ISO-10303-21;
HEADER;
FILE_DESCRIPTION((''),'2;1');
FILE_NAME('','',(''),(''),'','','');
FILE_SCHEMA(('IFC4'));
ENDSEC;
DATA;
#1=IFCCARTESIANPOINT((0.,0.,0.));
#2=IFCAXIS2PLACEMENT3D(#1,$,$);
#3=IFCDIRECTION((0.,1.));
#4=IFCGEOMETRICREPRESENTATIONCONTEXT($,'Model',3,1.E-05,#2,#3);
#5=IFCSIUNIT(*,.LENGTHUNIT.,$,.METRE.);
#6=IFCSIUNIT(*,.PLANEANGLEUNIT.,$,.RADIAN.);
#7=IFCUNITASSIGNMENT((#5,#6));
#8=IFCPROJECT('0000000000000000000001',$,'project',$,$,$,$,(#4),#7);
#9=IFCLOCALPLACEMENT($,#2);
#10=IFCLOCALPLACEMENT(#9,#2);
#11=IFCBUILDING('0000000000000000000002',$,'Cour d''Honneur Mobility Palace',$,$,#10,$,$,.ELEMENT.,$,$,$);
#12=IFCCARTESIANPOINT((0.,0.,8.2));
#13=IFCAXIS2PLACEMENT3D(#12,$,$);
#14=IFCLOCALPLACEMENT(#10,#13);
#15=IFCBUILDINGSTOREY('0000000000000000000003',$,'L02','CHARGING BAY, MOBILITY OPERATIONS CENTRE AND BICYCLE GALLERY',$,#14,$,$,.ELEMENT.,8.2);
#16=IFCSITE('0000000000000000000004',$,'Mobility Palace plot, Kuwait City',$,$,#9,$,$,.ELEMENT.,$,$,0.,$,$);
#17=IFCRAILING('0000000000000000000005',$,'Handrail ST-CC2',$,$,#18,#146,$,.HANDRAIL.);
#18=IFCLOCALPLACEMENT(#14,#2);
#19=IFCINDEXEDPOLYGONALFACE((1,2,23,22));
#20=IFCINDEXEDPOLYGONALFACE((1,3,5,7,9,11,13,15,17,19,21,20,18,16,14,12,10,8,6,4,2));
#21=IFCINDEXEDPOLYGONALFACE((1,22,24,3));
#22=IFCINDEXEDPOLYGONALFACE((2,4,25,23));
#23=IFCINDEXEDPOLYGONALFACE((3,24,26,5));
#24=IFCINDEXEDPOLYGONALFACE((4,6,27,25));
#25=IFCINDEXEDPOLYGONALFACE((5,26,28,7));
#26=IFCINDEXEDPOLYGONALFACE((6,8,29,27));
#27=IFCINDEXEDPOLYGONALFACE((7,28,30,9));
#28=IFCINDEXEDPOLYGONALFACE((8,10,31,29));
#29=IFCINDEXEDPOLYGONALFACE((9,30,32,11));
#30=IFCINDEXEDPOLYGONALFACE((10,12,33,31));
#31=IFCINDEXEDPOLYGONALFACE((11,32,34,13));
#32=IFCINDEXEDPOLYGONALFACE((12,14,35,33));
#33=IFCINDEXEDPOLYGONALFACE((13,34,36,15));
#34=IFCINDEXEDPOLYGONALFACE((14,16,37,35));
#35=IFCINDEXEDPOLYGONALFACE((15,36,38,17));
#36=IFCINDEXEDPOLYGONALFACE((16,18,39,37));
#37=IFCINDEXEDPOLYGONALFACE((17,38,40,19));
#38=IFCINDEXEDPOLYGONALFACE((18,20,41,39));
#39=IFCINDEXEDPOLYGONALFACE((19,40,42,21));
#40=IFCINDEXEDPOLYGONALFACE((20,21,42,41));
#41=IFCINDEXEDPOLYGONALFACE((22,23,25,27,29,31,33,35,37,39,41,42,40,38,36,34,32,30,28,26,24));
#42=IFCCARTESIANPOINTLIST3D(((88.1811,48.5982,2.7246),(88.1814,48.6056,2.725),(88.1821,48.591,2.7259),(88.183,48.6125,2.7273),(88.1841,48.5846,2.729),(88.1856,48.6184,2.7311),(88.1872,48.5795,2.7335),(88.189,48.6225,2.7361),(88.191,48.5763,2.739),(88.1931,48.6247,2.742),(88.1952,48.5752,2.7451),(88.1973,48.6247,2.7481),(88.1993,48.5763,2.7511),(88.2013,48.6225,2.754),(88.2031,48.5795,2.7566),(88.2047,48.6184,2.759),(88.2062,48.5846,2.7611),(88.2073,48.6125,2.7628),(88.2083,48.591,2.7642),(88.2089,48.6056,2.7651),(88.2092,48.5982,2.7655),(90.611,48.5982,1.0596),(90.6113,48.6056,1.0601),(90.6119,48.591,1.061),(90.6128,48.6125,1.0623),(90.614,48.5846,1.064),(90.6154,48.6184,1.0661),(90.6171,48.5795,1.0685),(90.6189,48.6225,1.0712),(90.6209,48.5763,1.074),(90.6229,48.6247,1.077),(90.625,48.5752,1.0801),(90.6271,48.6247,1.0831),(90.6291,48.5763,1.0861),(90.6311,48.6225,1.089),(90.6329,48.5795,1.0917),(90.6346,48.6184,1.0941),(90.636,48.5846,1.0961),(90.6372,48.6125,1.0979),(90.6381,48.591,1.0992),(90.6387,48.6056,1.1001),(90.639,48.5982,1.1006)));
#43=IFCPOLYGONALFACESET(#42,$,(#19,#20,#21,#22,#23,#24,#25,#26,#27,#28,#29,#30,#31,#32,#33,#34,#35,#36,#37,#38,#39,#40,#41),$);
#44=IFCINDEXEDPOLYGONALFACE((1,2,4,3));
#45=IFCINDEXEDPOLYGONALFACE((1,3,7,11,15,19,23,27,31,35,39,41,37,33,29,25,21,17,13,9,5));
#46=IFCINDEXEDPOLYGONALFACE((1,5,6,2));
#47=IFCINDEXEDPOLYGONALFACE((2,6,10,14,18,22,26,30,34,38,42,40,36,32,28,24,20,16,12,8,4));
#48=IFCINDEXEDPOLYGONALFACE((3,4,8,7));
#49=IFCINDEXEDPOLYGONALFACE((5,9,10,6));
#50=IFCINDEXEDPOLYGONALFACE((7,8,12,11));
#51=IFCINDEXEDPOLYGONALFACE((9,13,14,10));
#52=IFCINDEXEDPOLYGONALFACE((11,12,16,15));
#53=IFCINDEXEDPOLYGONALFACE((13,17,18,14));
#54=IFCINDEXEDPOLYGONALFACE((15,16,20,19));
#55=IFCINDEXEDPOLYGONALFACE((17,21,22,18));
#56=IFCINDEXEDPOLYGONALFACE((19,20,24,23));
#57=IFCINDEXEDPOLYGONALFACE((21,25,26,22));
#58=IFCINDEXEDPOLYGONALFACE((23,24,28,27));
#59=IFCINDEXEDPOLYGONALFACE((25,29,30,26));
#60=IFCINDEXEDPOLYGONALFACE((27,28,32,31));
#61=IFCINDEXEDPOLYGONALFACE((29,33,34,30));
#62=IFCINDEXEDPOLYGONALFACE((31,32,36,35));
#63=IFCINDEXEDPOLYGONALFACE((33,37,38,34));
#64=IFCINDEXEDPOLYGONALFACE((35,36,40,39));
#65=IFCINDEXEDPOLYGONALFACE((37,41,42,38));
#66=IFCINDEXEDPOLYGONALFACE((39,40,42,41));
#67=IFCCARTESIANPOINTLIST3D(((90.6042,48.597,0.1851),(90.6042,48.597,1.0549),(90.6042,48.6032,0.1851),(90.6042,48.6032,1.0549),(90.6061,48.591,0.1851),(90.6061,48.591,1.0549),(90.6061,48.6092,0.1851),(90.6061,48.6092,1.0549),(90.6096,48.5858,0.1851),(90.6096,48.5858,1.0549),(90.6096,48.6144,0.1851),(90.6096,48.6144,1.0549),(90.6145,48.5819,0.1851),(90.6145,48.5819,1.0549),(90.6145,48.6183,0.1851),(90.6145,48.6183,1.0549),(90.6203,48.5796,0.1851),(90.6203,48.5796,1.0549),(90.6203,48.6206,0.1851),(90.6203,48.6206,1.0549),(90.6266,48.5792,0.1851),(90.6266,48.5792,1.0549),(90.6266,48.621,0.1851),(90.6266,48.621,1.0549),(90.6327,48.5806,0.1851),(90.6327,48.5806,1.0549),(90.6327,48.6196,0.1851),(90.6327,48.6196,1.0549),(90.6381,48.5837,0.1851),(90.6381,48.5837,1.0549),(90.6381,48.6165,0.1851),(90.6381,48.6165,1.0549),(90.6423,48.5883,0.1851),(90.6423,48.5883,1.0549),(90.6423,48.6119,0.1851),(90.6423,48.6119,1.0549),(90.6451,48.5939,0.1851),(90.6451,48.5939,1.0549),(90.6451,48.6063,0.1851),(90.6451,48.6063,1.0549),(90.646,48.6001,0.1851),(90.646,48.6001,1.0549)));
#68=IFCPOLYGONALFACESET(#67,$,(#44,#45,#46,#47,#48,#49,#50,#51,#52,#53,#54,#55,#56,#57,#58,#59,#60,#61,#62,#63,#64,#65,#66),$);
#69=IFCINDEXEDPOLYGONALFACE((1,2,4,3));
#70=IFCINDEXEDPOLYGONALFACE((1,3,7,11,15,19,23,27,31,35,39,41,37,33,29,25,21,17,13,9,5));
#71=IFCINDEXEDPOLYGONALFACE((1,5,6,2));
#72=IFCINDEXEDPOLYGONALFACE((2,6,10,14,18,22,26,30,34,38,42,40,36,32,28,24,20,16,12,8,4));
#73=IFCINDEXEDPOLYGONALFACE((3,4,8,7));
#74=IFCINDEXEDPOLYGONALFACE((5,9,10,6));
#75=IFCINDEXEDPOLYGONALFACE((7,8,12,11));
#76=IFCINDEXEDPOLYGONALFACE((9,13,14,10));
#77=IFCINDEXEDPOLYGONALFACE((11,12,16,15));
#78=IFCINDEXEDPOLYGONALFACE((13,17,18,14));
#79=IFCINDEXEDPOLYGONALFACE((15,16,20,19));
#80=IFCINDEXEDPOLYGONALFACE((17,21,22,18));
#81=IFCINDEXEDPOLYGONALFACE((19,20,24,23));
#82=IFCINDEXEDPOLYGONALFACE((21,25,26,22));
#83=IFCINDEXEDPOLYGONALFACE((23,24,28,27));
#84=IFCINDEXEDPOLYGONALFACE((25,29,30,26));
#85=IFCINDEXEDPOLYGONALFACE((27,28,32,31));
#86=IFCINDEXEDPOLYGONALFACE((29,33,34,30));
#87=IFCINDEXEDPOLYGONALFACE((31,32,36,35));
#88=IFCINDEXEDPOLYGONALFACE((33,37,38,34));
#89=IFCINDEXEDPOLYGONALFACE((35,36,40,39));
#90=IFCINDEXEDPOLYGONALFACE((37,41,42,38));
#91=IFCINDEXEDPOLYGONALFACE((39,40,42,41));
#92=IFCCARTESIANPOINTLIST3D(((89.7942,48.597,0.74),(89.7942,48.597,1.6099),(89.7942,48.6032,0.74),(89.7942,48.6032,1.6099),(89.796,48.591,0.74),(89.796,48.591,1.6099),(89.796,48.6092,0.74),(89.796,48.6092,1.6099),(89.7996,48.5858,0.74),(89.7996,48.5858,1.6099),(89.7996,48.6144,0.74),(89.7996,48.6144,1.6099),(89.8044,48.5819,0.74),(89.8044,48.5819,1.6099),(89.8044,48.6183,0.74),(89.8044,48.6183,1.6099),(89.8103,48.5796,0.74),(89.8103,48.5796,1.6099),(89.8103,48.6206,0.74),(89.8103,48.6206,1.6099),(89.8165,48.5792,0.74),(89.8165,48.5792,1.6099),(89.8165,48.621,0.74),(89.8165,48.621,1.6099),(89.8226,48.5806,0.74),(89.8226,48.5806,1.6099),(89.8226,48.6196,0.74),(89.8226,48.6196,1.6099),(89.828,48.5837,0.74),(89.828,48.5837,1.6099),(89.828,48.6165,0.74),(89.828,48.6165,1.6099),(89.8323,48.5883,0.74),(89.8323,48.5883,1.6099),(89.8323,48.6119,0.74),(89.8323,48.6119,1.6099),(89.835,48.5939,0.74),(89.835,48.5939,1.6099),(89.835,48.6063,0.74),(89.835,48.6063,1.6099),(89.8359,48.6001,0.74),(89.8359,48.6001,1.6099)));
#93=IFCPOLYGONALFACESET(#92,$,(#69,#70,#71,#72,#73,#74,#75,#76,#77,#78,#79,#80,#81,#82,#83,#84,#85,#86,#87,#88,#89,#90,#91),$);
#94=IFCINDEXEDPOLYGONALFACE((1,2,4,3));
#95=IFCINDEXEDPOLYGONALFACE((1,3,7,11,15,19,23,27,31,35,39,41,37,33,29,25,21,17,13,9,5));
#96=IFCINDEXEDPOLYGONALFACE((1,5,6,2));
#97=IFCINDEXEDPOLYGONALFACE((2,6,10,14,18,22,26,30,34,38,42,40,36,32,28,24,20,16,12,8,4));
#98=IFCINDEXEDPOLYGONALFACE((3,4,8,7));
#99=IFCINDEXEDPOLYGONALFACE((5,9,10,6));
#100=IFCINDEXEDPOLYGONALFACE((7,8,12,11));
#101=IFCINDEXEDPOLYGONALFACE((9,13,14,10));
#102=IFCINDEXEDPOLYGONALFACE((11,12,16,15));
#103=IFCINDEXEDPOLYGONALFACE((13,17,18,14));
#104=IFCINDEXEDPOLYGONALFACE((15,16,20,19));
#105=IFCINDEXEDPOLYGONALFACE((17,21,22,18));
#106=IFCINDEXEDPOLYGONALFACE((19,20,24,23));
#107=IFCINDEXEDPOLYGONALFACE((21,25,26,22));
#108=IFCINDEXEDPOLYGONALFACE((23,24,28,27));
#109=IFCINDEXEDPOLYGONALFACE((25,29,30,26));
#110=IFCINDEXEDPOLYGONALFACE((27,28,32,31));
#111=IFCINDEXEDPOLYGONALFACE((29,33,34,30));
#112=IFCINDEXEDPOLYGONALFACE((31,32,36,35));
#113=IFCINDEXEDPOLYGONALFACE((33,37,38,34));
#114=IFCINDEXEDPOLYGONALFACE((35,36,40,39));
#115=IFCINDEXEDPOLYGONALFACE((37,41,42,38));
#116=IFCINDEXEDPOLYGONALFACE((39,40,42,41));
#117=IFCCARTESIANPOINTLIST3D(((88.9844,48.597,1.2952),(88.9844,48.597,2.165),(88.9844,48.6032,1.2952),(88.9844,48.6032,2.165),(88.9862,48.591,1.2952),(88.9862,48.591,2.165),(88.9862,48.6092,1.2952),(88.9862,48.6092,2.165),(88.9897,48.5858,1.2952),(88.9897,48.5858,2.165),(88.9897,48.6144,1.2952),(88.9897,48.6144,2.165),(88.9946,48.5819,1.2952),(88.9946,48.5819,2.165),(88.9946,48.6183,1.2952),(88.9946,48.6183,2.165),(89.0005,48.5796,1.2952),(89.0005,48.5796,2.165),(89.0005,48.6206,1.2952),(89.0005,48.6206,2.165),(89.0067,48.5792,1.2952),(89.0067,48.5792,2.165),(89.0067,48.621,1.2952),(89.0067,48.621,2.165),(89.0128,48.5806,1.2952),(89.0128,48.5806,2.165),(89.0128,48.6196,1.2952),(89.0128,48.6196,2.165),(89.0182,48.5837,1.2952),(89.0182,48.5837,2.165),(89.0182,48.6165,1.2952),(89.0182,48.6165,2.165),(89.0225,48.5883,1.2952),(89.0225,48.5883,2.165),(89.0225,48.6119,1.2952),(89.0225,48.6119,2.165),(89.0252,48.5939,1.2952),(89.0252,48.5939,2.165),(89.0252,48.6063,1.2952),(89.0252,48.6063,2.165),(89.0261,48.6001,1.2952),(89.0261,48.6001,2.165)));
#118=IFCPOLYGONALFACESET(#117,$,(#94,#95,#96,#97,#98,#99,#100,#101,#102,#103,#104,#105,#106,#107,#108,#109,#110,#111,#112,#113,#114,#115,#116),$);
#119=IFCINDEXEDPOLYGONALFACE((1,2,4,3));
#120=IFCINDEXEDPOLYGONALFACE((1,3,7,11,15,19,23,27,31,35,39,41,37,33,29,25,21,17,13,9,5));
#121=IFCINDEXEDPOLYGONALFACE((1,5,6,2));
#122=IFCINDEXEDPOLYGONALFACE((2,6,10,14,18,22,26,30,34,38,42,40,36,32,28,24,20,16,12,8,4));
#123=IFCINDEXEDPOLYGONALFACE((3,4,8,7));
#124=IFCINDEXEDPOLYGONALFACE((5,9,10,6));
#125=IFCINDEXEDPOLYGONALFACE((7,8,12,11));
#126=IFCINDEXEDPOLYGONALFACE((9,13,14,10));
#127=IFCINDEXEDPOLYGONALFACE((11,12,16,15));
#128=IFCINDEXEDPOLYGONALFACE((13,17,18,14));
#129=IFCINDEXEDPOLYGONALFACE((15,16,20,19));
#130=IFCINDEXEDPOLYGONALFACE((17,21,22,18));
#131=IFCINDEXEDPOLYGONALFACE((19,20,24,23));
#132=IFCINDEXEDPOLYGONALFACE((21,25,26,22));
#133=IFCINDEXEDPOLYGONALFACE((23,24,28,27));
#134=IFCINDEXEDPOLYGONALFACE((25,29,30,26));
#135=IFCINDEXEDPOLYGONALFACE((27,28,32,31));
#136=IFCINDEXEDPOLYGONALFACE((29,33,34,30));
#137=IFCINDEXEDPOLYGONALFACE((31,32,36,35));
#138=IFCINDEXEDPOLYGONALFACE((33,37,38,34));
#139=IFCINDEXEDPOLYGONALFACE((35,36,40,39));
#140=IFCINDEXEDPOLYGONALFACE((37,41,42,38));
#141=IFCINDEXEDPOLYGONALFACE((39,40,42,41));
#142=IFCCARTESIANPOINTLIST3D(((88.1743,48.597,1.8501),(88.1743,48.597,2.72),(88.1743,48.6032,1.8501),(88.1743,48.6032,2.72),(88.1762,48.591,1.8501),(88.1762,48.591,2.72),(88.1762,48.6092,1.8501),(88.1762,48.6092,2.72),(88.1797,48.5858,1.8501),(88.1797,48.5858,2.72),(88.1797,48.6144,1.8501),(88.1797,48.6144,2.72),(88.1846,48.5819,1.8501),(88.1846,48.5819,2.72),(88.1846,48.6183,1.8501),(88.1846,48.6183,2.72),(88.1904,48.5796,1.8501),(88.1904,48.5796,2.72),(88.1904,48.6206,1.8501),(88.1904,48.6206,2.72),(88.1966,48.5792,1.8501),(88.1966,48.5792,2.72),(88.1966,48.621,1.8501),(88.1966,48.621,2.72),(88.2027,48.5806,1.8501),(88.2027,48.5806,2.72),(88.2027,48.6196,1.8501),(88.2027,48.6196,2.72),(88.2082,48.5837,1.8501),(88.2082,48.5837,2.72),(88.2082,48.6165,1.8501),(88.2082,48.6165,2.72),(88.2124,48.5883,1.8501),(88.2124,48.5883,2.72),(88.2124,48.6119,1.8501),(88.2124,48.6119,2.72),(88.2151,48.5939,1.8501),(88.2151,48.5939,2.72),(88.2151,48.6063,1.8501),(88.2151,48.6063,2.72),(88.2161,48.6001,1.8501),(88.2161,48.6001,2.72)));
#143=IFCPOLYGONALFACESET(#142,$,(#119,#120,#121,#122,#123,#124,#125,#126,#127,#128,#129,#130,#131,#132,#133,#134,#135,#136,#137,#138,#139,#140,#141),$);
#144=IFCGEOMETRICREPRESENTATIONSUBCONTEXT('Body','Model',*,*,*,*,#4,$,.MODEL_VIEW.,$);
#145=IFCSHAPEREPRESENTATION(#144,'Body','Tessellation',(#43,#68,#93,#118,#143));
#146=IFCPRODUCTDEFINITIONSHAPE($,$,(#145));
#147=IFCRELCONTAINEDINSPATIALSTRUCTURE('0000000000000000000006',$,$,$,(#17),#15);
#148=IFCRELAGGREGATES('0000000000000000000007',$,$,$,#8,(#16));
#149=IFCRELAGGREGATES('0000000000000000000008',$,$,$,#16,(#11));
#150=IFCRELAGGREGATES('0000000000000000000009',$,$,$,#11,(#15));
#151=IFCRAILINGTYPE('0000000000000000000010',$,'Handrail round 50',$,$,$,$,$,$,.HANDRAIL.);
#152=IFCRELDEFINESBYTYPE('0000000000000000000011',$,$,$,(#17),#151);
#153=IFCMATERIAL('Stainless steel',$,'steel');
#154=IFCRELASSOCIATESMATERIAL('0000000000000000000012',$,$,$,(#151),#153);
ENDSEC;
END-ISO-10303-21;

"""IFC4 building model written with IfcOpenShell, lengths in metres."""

from ifc_helpers import new_model, si_unit, direction, frame, origin, origin_2d, place, context, subcontext, project, spatial, circle, extrude, material, type_object, element, save


model = new_model("IFC4")

# Units and contexts
model_context = context("Model", 3, precision=1e-05, world=origin(), true_north=direction((0.0, 1.0)))
body_context = subcontext(model_context, "Body", "Model", "MODEL_VIEW")
ifc_project = project(units=[si_unit("LENGTHUNIT", "METRE"), si_unit("PLANEANGLEUNIT", "RADIAN")], contexts=[model_context])

# Site, building, storey
site_placement = place(None, origin())
site = spatial("IfcSite", under=ifc_project, at=site_placement, Name="Mobility Palace plot, Kuwait City", CompositionType="ELEMENT", RefElevation=0.0)
building_placement = place(site_placement, origin())
building = spatial("IfcBuilding", under=site, at=building_placement, Name="Cour d'Honneur Mobility Palace", CompositionType="ELEMENT")
storey_placement = place(building_placement, frame((0.0, 0.0, 8.2)))
storey = spatial("IfcBuildingStorey", under=building, at=storey_placement, Name="L02", Description="CHARGING BAY, MOBILITY OPERATIONS CENTRE AND BICYCLE GALLERY", CompositionType="ELEMENT", Elevation=8.2)

# Railing
ifc_material_1 = material(Name="Stainless steel", Category="steel")
railing_type_1 = type_object("IfcRailingType", Name="Handrail round 50", PredefinedType="HANDRAIL", material=ifc_material_1)
railing_1_placement = place(storey_placement, frame((90.625, 48.6001, 0.1851)))
element("IfcRailing", 1, at=railing_1_placement, inside=storey, type_object=railing_type_1, Name="Handrail ST-CC2", PredefinedType="HANDRAIL", context=body_context, shape_type="SweptSolid", body=[
    extrude(circle(Radius=0.0249, at=origin_2d()), frame((0.0, 0.0, 0.895), z_axis=(-0.824919, 0.0, 0.565251), x_axis=(0.0, -1.0, 0.0)), (0.0, 0.0, 1.0), 2.9456),
    extrude(circle(Radius=0.021, at=origin_2d()), origin(), (0.0, 0.0, 1.0), 0.8699),
    extrude(circle(Radius=0.021, at=origin_2d()), frame((-0.8101, 0.0, 0.5549)), (0.0, 0.0, 1.0), 0.8699),
    extrude(circle(Radius=0.021, at=origin_2d()), frame((-1.6199, 0.0, 1.1101)), (0.0, 0.0, 1.0), 0.8699),
    extrude(circle(Radius=0.021, at=origin_2d()), frame((-2.4299, 0.0, 1.665)), (0.0, 0.0, 1.0), 0.8699),
])

save(model, "model.ifc")
